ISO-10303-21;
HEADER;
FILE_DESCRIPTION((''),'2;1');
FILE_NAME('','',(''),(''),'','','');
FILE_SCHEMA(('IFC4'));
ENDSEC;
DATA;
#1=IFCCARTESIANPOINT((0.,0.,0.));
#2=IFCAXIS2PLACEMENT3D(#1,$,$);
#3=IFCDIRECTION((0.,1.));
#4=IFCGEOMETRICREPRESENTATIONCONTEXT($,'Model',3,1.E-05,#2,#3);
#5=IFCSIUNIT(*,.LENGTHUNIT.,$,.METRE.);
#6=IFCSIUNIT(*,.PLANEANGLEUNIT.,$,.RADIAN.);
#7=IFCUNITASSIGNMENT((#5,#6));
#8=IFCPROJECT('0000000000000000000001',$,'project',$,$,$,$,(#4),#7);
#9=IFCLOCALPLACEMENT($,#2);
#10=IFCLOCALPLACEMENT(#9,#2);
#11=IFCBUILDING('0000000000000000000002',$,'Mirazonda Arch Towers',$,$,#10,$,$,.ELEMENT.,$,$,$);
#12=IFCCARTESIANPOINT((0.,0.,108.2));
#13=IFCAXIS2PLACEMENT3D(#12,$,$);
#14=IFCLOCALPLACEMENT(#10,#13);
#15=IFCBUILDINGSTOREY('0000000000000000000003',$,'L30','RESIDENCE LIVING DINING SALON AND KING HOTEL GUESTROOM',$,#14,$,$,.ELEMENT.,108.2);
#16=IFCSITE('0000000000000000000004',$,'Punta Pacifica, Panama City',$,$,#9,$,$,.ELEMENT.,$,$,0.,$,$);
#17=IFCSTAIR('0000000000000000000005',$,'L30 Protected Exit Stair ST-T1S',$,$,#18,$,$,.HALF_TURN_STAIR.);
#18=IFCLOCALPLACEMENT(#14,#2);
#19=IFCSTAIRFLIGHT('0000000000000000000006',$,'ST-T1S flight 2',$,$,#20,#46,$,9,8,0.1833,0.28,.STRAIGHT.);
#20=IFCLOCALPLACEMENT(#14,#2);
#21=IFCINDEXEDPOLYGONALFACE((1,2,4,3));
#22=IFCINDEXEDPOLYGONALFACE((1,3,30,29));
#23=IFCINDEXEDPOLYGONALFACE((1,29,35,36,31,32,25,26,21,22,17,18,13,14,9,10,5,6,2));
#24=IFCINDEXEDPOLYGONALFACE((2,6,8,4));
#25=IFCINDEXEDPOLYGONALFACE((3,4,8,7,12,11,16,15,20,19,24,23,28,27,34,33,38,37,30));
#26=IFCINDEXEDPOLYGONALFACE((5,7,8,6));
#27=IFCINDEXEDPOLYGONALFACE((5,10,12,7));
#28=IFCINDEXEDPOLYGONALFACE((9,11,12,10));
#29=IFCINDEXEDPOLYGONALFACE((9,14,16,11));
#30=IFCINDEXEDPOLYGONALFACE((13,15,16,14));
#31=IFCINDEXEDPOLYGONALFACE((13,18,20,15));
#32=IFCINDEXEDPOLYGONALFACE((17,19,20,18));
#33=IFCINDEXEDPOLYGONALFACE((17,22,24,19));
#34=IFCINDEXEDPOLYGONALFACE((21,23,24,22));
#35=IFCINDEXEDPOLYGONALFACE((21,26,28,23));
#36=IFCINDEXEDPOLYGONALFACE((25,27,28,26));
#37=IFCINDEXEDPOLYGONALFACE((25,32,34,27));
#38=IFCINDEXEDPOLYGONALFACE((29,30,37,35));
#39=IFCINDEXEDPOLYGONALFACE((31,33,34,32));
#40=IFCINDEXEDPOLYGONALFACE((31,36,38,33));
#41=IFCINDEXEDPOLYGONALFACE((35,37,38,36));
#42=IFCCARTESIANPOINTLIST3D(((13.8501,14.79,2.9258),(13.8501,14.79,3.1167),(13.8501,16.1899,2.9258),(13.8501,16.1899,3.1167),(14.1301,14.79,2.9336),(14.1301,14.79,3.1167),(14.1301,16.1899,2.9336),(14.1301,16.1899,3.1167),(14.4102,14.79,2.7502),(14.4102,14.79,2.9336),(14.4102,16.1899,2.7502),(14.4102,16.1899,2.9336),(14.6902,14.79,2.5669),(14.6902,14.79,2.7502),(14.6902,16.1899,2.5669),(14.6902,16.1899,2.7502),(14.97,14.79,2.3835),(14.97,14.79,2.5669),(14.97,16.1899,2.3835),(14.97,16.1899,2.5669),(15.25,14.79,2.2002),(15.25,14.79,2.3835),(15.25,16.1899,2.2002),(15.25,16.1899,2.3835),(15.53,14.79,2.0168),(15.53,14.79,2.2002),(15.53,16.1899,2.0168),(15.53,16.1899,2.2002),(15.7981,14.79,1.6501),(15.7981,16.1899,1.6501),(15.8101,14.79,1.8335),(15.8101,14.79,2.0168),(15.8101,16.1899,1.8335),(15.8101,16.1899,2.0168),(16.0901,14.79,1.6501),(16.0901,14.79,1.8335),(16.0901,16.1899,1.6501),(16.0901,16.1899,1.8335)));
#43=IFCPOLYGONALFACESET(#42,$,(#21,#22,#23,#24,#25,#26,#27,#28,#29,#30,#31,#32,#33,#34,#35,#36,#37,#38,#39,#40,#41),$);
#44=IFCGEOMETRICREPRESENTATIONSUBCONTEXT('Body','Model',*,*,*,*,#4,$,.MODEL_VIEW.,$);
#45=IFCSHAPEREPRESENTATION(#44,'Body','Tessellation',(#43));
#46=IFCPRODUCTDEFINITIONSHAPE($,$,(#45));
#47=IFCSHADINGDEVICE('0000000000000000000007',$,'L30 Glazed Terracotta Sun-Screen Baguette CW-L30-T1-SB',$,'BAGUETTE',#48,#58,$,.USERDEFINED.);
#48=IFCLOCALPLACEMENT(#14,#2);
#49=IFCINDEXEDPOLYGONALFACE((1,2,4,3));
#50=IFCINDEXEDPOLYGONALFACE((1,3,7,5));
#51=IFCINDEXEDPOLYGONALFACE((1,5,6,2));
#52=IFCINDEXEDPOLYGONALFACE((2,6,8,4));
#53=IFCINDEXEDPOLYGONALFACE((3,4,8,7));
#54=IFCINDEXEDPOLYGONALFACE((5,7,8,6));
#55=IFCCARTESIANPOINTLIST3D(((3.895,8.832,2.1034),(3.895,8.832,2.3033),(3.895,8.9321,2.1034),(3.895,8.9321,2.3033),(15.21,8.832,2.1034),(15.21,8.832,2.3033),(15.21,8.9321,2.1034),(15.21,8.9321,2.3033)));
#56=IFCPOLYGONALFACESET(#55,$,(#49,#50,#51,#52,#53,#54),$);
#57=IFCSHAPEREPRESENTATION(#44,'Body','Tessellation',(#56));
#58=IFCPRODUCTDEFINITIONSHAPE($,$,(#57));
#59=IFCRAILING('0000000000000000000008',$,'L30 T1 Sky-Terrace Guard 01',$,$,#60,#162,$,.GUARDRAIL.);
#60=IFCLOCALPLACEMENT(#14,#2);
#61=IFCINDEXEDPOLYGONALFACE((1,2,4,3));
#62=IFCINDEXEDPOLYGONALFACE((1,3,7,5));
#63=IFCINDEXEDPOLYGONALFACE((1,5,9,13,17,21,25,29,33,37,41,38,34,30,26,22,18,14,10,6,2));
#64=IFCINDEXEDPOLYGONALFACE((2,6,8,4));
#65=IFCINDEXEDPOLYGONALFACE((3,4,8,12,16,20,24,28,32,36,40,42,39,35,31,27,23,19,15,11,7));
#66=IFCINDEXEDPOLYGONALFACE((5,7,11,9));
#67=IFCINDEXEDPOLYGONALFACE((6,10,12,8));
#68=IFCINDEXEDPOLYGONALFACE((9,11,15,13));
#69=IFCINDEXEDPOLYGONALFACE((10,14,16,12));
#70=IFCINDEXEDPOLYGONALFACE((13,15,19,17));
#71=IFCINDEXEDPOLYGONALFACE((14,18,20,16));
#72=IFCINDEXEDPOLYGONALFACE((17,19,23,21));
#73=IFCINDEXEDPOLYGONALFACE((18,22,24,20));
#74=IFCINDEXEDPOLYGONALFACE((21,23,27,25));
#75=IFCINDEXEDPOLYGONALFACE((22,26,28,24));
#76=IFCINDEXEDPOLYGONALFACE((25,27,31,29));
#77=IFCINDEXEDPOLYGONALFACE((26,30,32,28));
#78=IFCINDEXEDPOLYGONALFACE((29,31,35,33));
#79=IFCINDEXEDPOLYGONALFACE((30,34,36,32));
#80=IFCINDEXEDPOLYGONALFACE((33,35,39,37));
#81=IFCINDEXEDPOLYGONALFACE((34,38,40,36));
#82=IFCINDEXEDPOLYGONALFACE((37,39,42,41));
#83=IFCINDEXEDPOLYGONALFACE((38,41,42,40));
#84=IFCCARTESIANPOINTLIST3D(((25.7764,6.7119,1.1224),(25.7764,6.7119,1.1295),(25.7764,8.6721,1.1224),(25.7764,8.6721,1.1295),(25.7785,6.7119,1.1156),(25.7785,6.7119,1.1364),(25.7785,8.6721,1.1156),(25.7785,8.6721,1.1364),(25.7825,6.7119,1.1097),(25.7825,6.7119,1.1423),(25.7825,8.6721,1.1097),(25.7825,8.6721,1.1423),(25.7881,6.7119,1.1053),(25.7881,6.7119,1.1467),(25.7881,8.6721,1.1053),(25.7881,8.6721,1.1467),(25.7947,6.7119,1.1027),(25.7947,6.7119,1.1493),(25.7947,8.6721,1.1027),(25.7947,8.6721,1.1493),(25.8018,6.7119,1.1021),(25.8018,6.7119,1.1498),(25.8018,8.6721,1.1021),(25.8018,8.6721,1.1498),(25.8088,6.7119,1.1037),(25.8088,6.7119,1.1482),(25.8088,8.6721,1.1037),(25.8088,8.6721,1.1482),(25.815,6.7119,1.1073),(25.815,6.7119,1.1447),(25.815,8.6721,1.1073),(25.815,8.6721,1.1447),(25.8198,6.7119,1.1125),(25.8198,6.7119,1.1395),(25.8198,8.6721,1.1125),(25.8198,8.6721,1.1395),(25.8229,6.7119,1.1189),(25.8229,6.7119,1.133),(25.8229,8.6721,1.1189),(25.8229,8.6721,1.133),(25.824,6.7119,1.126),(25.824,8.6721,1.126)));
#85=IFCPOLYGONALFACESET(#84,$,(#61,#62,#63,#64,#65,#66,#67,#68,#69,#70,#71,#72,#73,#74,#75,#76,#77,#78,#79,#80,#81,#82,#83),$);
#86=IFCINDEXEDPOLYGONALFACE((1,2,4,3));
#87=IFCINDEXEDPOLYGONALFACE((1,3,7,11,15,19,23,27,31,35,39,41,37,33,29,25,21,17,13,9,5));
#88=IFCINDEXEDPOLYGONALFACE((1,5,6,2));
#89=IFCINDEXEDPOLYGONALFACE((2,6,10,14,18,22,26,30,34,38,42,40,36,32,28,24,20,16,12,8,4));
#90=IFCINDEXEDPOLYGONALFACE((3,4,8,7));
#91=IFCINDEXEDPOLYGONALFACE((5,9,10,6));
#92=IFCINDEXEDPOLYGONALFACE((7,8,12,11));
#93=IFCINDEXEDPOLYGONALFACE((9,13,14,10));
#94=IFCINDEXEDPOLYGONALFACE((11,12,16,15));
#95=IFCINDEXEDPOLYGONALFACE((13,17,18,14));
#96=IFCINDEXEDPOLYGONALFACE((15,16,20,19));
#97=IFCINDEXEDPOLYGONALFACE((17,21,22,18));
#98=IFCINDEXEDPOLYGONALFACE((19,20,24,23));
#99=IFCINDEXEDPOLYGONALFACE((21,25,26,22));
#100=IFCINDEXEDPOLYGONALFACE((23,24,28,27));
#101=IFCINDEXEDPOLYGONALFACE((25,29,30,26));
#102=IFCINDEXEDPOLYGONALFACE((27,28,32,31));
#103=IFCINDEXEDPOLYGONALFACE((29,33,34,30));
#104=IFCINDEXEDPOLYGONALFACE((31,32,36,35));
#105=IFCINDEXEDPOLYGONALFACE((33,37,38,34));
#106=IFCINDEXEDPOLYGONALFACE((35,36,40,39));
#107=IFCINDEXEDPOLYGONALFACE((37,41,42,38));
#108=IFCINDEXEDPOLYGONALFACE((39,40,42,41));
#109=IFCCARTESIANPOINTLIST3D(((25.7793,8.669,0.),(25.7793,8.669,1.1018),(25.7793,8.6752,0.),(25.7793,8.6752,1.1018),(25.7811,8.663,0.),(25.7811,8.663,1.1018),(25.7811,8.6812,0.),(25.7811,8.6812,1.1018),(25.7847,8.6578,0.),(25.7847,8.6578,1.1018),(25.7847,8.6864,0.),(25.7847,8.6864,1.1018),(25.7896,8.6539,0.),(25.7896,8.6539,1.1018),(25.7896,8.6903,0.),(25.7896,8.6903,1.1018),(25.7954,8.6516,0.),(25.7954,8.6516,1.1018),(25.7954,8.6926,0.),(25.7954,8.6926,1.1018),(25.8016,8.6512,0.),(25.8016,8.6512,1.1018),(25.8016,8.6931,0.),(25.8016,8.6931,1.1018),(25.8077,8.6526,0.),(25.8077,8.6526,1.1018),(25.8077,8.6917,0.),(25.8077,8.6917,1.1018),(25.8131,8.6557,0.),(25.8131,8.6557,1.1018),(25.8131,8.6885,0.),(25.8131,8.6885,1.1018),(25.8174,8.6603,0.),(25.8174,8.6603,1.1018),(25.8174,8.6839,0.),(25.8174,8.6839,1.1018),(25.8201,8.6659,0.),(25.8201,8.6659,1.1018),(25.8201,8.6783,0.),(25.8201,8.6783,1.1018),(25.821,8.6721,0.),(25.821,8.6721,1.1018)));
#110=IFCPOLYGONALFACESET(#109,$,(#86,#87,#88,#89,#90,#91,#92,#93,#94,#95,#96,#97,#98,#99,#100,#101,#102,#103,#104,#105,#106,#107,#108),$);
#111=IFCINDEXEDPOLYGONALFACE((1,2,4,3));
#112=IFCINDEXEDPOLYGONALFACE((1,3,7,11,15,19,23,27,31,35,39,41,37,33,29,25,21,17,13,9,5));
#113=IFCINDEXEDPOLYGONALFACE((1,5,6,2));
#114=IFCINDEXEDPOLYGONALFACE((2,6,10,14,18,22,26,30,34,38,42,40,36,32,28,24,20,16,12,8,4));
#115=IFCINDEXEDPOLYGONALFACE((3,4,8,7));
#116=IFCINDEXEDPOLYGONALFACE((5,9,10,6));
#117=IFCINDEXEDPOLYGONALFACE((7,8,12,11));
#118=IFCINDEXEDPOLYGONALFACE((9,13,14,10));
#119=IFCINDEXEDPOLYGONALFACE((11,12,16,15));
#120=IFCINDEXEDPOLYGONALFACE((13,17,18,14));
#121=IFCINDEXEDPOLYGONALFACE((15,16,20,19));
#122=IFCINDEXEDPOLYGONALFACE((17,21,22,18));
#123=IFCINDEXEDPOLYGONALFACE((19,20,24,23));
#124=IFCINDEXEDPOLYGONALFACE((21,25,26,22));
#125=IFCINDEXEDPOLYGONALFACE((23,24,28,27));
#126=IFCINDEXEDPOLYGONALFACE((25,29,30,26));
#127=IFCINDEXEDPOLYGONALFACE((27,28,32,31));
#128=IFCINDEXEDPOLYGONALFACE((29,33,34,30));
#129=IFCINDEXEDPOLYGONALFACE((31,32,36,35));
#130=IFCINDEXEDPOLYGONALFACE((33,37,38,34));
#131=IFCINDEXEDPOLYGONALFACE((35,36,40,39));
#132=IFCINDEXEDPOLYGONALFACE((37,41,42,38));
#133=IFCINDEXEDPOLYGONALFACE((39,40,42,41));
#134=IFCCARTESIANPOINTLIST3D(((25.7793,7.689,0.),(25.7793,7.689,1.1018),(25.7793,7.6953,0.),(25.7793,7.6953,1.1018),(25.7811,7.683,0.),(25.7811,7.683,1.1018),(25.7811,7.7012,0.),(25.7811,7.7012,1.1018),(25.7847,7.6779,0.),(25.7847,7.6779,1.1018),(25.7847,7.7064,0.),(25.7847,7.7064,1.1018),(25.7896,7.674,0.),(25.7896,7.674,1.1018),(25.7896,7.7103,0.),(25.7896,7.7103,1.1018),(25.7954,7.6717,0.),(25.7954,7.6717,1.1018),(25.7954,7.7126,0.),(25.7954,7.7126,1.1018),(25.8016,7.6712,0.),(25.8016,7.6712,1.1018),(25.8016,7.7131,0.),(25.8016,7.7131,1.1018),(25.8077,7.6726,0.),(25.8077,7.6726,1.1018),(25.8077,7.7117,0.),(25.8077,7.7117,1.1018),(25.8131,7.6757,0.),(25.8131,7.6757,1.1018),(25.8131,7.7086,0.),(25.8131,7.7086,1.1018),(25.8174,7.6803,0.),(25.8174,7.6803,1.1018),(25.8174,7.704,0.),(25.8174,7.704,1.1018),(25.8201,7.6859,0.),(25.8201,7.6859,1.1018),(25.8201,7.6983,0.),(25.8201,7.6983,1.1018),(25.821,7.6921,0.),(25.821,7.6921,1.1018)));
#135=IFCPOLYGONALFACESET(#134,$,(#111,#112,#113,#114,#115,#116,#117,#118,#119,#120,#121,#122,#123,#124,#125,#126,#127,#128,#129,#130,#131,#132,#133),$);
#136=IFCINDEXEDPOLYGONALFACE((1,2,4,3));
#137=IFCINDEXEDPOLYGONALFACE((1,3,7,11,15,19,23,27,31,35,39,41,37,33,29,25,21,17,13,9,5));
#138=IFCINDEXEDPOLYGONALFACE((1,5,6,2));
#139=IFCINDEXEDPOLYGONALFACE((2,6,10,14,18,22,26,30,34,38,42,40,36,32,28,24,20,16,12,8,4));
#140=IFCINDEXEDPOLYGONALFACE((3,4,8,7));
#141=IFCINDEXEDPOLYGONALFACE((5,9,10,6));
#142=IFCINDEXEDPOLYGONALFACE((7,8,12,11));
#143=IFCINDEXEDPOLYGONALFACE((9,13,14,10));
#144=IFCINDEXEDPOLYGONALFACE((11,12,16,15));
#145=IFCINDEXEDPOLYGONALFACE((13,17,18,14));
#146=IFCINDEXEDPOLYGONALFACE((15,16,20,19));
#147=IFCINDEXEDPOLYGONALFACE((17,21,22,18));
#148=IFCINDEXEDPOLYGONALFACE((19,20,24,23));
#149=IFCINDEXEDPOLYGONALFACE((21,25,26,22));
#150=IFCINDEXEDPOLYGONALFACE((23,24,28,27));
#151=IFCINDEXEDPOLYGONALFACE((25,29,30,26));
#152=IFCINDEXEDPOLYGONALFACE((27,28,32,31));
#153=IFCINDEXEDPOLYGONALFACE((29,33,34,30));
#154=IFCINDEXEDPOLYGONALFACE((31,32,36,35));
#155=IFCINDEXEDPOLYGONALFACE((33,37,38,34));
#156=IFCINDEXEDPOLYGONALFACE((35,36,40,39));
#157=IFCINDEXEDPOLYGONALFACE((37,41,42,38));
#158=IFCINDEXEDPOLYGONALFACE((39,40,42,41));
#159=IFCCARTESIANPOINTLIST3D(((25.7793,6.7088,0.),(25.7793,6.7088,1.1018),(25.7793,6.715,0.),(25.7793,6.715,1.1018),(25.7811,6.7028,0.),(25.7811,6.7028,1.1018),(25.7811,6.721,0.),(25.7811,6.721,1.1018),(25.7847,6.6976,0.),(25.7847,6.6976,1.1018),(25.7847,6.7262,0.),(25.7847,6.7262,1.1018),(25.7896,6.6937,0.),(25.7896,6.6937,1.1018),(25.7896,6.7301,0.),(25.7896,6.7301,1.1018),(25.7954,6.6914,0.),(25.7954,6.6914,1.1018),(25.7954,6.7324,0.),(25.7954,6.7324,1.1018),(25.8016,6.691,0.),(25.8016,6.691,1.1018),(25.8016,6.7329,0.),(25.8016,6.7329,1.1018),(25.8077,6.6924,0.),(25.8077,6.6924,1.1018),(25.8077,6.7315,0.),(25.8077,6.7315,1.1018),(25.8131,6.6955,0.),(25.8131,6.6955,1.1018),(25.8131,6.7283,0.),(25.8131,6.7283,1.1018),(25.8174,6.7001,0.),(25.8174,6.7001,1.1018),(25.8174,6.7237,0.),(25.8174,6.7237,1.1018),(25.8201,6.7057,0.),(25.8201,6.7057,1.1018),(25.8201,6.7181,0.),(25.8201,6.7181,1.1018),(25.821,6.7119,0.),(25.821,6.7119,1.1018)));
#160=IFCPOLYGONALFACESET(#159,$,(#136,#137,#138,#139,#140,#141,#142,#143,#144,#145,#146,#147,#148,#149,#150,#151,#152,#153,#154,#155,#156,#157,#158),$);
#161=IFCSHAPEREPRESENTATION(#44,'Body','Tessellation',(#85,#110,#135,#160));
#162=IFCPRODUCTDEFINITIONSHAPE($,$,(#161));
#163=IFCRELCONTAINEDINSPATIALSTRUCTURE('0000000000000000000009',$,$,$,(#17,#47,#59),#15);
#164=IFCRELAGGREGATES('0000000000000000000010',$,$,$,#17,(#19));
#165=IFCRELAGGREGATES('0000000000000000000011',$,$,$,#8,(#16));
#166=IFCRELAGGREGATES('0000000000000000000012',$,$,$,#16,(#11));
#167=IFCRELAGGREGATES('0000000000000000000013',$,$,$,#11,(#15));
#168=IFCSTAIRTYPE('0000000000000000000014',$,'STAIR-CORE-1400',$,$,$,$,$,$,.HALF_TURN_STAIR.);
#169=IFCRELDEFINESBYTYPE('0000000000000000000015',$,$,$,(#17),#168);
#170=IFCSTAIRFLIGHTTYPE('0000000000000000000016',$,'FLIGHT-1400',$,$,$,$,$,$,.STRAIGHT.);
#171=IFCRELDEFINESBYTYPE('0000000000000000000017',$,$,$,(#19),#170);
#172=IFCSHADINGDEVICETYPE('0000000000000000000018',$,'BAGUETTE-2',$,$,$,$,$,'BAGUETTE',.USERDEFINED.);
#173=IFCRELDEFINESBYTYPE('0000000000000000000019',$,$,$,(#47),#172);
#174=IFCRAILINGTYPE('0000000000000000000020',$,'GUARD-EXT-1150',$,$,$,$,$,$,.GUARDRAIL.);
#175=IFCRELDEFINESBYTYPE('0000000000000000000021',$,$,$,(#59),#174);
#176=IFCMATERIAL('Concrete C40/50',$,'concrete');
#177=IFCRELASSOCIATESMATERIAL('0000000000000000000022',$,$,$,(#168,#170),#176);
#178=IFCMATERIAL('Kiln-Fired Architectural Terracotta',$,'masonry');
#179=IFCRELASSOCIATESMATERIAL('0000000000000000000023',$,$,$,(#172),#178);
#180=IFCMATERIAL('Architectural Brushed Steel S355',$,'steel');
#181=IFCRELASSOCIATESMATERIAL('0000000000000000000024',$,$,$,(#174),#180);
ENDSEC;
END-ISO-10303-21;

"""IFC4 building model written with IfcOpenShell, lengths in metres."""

from ifc_helpers import new_model, si_unit, direction, frame, origin, origin_2d, place, context, subcontext, project, spatial, polyline, rectangle, circle, outline, extrude, material, material_profile, profile_set, type_object, element, aggregate, save


model = new_model("IFC4")

# Units and contexts
model_context = context("Model", 3, precision=1e-05, world=origin(), true_north=direction((0.0, 1.0)))
body_context = subcontext(model_context, "Body", "Model", "MODEL_VIEW")
ifc_project = project(units=[si_unit("LENGTHUNIT", "METRE"), si_unit("PLANEANGLEUNIT", "RADIAN")], contexts=[model_context])

# Site, building, storey
site_placement = place(None, origin())
site = spatial("IfcSite", under=ifc_project, at=site_placement, Name="Punta Pacifica, Panama City", CompositionType="ELEMENT", RefElevation=0.0)
building_placement = place(site_placement, origin())
building = spatial("IfcBuilding", under=site, at=building_placement, Name="Mirazonda Arch Towers", CompositionType="ELEMENT")
storey_placement = place(building_placement, frame((0.0, 0.0, 108.2)))
storey = spatial("IfcBuildingStorey", under=building, at=storey_placement, Name="L30", Description="RESIDENCE LIVING DINING SALON AND KING HOTEL GUESTROOM", CompositionType="ELEMENT", Elevation=108.2)

# Shared definitions
ifc_material_1 = material(Name="Architectural Brushed Steel S355", Category="steel")

# Shared definitions
ifc_material_2 = material(Name="Concrete C40/50", Category="concrete")

# Stair, stair flight
stair_type = type_object("IfcStairType", Name="STAIR-CORE-1400", PredefinedType="HALF_TURN_STAIR", material=ifc_material_2)
stair_placement = place(storey_placement, origin())
stair = element("IfcStair", 1, at=stair_placement, inside=storey, type_object=stair_type, Name="L30 Protected Exit Stair ST-T1S", PredefinedType="HALF_TURN_STAIR")
stair_flight_type = type_object("IfcStairFlightType", Name="FLIGHT-1400", PredefinedType="STRAIGHT", material=ifc_material_2)
stair_flight_placement = place(storey_placement, frame((16.0901, 15.49, 1.6501), z_axis=(0.0, 0.0, 1.0), x_axis=(-1.0, 0.0, 0.0)))
stair_flight = element("IfcStairFlight", 2, at=stair_flight_placement, type_object=stair_flight_type, Name="ST-T1S flight 2", NumberOfRisers=9, NumberOfTreads=8, PredefinedType="STRAIGHT", RiserHeight=0.1833, TreadLength=0.28, context=body_context, shape_type="SweptSolid", body=[
    extrude(outline(polyline([(0.0, 0.0), (0.0, 0.1833), (0.28, 0.1833), (0.28, 0.3667), (0.5601, 0.3667), (0.5601, 0.55), (0.8401, 0.55), (0.8401, 0.7334), (1.1201, 0.7334), (1.1201, 0.9167), (1.3999, 0.9167), (1.3999, 1.1001), (1.6799, 1.1001), (1.6799, 1.2834), (1.96, 1.2834), (1.96, 1.4666), (2.24, 1.4666), (2.24, 1.6499), (2.24, 1.2756), (0.292, 0.0), (0.0, 0.0)])), frame((0.0, 0.7, 0.0), z_axis=(0.0, -1.0, 0.0), x_axis=(1.0, 0.0, 0.0)), (0.0, 0.0, 1.0), 1.3999),
])
aggregate(stair, [stair_flight])

# Shading device
ifc_material_3 = material(Name="Kiln-Fired Architectural Terracotta", Category="masonry")
ifc_material_profile_1 = material_profile(ifc_material_3, rectangle(XDim=0.1001, YDim=0.2, at=origin_2d()), Name="TERRA-BAG-100x200")
ifc_profile_set_1 = profile_set([ifc_material_profile_1], Name="Kiln-Fired Architectural Terracotta")
shading_device_type = type_object("IfcShadingDeviceType", Name="BAGUETTE-2", ElementType="BAGUETTE", PredefinedType="USERDEFINED", material=ifc_profile_set_1)
shading_device_placement = place(storey_placement, frame((15.21, 8.8821, 2.2034), z_axis=(-1.0, 0.0, 0.0), x_axis=(0.0, -1.0, 0.0)))
element("IfcShadingDevice", 3, at=shading_device_placement, inside=storey, type_object=shading_device_type, Name="L30 Glazed Terracotta Sun-Screen Baguette CW-L30-T1-SB", ObjectType="BAGUETTE", PredefinedType="USERDEFINED", context=body_context, shape_type="SweptSolid", body=[
    extrude(rectangle(XDim=0.1001, YDim=0.2, at=origin_2d()), origin(), (0.0, 0.0, 1.0), 11.3149),
])

# Railing
railing_type_1 = type_object("IfcRailingType", Name="GUARD-EXT-1150", PredefinedType="GUARDRAIL", material=ifc_material_1)
railing_1_placement = place(storey_placement, frame((25.8, 8.6721, 0.0)))
element("IfcRailing", 4, at=railing_1_placement, inside=storey, type_object=railing_type_1, Name="L30 T1 Sky-Terrace Guard 01", PredefinedType="GUARDRAIL", context=body_context, shape_type="SweptSolid", body=[
    extrude(circle(Radius=0.0239, at=origin_2d()), frame((0.0, 0.0, 1.126), z_axis=(0.0, -1.0, 0.0), x_axis=(1.0, 0.0, 0.0)), (0.0, 0.0, 1.0), 1.9602),
    extrude(circle(Radius=0.021, at=origin_2d()), origin(), (0.0, 0.0, 1.0), 1.1018),
    extrude(circle(Radius=0.021, at=origin_2d()), frame((0.0, -0.98, 0.0)), (0.0, 0.0, 1.0), 1.1018),
    extrude(circle(Radius=0.021, at=origin_2d()), frame((0.0, -1.9602, 0.0)), (0.0, 0.0, 1.0), 1.1018),
])

save(model, "model.ifc")
